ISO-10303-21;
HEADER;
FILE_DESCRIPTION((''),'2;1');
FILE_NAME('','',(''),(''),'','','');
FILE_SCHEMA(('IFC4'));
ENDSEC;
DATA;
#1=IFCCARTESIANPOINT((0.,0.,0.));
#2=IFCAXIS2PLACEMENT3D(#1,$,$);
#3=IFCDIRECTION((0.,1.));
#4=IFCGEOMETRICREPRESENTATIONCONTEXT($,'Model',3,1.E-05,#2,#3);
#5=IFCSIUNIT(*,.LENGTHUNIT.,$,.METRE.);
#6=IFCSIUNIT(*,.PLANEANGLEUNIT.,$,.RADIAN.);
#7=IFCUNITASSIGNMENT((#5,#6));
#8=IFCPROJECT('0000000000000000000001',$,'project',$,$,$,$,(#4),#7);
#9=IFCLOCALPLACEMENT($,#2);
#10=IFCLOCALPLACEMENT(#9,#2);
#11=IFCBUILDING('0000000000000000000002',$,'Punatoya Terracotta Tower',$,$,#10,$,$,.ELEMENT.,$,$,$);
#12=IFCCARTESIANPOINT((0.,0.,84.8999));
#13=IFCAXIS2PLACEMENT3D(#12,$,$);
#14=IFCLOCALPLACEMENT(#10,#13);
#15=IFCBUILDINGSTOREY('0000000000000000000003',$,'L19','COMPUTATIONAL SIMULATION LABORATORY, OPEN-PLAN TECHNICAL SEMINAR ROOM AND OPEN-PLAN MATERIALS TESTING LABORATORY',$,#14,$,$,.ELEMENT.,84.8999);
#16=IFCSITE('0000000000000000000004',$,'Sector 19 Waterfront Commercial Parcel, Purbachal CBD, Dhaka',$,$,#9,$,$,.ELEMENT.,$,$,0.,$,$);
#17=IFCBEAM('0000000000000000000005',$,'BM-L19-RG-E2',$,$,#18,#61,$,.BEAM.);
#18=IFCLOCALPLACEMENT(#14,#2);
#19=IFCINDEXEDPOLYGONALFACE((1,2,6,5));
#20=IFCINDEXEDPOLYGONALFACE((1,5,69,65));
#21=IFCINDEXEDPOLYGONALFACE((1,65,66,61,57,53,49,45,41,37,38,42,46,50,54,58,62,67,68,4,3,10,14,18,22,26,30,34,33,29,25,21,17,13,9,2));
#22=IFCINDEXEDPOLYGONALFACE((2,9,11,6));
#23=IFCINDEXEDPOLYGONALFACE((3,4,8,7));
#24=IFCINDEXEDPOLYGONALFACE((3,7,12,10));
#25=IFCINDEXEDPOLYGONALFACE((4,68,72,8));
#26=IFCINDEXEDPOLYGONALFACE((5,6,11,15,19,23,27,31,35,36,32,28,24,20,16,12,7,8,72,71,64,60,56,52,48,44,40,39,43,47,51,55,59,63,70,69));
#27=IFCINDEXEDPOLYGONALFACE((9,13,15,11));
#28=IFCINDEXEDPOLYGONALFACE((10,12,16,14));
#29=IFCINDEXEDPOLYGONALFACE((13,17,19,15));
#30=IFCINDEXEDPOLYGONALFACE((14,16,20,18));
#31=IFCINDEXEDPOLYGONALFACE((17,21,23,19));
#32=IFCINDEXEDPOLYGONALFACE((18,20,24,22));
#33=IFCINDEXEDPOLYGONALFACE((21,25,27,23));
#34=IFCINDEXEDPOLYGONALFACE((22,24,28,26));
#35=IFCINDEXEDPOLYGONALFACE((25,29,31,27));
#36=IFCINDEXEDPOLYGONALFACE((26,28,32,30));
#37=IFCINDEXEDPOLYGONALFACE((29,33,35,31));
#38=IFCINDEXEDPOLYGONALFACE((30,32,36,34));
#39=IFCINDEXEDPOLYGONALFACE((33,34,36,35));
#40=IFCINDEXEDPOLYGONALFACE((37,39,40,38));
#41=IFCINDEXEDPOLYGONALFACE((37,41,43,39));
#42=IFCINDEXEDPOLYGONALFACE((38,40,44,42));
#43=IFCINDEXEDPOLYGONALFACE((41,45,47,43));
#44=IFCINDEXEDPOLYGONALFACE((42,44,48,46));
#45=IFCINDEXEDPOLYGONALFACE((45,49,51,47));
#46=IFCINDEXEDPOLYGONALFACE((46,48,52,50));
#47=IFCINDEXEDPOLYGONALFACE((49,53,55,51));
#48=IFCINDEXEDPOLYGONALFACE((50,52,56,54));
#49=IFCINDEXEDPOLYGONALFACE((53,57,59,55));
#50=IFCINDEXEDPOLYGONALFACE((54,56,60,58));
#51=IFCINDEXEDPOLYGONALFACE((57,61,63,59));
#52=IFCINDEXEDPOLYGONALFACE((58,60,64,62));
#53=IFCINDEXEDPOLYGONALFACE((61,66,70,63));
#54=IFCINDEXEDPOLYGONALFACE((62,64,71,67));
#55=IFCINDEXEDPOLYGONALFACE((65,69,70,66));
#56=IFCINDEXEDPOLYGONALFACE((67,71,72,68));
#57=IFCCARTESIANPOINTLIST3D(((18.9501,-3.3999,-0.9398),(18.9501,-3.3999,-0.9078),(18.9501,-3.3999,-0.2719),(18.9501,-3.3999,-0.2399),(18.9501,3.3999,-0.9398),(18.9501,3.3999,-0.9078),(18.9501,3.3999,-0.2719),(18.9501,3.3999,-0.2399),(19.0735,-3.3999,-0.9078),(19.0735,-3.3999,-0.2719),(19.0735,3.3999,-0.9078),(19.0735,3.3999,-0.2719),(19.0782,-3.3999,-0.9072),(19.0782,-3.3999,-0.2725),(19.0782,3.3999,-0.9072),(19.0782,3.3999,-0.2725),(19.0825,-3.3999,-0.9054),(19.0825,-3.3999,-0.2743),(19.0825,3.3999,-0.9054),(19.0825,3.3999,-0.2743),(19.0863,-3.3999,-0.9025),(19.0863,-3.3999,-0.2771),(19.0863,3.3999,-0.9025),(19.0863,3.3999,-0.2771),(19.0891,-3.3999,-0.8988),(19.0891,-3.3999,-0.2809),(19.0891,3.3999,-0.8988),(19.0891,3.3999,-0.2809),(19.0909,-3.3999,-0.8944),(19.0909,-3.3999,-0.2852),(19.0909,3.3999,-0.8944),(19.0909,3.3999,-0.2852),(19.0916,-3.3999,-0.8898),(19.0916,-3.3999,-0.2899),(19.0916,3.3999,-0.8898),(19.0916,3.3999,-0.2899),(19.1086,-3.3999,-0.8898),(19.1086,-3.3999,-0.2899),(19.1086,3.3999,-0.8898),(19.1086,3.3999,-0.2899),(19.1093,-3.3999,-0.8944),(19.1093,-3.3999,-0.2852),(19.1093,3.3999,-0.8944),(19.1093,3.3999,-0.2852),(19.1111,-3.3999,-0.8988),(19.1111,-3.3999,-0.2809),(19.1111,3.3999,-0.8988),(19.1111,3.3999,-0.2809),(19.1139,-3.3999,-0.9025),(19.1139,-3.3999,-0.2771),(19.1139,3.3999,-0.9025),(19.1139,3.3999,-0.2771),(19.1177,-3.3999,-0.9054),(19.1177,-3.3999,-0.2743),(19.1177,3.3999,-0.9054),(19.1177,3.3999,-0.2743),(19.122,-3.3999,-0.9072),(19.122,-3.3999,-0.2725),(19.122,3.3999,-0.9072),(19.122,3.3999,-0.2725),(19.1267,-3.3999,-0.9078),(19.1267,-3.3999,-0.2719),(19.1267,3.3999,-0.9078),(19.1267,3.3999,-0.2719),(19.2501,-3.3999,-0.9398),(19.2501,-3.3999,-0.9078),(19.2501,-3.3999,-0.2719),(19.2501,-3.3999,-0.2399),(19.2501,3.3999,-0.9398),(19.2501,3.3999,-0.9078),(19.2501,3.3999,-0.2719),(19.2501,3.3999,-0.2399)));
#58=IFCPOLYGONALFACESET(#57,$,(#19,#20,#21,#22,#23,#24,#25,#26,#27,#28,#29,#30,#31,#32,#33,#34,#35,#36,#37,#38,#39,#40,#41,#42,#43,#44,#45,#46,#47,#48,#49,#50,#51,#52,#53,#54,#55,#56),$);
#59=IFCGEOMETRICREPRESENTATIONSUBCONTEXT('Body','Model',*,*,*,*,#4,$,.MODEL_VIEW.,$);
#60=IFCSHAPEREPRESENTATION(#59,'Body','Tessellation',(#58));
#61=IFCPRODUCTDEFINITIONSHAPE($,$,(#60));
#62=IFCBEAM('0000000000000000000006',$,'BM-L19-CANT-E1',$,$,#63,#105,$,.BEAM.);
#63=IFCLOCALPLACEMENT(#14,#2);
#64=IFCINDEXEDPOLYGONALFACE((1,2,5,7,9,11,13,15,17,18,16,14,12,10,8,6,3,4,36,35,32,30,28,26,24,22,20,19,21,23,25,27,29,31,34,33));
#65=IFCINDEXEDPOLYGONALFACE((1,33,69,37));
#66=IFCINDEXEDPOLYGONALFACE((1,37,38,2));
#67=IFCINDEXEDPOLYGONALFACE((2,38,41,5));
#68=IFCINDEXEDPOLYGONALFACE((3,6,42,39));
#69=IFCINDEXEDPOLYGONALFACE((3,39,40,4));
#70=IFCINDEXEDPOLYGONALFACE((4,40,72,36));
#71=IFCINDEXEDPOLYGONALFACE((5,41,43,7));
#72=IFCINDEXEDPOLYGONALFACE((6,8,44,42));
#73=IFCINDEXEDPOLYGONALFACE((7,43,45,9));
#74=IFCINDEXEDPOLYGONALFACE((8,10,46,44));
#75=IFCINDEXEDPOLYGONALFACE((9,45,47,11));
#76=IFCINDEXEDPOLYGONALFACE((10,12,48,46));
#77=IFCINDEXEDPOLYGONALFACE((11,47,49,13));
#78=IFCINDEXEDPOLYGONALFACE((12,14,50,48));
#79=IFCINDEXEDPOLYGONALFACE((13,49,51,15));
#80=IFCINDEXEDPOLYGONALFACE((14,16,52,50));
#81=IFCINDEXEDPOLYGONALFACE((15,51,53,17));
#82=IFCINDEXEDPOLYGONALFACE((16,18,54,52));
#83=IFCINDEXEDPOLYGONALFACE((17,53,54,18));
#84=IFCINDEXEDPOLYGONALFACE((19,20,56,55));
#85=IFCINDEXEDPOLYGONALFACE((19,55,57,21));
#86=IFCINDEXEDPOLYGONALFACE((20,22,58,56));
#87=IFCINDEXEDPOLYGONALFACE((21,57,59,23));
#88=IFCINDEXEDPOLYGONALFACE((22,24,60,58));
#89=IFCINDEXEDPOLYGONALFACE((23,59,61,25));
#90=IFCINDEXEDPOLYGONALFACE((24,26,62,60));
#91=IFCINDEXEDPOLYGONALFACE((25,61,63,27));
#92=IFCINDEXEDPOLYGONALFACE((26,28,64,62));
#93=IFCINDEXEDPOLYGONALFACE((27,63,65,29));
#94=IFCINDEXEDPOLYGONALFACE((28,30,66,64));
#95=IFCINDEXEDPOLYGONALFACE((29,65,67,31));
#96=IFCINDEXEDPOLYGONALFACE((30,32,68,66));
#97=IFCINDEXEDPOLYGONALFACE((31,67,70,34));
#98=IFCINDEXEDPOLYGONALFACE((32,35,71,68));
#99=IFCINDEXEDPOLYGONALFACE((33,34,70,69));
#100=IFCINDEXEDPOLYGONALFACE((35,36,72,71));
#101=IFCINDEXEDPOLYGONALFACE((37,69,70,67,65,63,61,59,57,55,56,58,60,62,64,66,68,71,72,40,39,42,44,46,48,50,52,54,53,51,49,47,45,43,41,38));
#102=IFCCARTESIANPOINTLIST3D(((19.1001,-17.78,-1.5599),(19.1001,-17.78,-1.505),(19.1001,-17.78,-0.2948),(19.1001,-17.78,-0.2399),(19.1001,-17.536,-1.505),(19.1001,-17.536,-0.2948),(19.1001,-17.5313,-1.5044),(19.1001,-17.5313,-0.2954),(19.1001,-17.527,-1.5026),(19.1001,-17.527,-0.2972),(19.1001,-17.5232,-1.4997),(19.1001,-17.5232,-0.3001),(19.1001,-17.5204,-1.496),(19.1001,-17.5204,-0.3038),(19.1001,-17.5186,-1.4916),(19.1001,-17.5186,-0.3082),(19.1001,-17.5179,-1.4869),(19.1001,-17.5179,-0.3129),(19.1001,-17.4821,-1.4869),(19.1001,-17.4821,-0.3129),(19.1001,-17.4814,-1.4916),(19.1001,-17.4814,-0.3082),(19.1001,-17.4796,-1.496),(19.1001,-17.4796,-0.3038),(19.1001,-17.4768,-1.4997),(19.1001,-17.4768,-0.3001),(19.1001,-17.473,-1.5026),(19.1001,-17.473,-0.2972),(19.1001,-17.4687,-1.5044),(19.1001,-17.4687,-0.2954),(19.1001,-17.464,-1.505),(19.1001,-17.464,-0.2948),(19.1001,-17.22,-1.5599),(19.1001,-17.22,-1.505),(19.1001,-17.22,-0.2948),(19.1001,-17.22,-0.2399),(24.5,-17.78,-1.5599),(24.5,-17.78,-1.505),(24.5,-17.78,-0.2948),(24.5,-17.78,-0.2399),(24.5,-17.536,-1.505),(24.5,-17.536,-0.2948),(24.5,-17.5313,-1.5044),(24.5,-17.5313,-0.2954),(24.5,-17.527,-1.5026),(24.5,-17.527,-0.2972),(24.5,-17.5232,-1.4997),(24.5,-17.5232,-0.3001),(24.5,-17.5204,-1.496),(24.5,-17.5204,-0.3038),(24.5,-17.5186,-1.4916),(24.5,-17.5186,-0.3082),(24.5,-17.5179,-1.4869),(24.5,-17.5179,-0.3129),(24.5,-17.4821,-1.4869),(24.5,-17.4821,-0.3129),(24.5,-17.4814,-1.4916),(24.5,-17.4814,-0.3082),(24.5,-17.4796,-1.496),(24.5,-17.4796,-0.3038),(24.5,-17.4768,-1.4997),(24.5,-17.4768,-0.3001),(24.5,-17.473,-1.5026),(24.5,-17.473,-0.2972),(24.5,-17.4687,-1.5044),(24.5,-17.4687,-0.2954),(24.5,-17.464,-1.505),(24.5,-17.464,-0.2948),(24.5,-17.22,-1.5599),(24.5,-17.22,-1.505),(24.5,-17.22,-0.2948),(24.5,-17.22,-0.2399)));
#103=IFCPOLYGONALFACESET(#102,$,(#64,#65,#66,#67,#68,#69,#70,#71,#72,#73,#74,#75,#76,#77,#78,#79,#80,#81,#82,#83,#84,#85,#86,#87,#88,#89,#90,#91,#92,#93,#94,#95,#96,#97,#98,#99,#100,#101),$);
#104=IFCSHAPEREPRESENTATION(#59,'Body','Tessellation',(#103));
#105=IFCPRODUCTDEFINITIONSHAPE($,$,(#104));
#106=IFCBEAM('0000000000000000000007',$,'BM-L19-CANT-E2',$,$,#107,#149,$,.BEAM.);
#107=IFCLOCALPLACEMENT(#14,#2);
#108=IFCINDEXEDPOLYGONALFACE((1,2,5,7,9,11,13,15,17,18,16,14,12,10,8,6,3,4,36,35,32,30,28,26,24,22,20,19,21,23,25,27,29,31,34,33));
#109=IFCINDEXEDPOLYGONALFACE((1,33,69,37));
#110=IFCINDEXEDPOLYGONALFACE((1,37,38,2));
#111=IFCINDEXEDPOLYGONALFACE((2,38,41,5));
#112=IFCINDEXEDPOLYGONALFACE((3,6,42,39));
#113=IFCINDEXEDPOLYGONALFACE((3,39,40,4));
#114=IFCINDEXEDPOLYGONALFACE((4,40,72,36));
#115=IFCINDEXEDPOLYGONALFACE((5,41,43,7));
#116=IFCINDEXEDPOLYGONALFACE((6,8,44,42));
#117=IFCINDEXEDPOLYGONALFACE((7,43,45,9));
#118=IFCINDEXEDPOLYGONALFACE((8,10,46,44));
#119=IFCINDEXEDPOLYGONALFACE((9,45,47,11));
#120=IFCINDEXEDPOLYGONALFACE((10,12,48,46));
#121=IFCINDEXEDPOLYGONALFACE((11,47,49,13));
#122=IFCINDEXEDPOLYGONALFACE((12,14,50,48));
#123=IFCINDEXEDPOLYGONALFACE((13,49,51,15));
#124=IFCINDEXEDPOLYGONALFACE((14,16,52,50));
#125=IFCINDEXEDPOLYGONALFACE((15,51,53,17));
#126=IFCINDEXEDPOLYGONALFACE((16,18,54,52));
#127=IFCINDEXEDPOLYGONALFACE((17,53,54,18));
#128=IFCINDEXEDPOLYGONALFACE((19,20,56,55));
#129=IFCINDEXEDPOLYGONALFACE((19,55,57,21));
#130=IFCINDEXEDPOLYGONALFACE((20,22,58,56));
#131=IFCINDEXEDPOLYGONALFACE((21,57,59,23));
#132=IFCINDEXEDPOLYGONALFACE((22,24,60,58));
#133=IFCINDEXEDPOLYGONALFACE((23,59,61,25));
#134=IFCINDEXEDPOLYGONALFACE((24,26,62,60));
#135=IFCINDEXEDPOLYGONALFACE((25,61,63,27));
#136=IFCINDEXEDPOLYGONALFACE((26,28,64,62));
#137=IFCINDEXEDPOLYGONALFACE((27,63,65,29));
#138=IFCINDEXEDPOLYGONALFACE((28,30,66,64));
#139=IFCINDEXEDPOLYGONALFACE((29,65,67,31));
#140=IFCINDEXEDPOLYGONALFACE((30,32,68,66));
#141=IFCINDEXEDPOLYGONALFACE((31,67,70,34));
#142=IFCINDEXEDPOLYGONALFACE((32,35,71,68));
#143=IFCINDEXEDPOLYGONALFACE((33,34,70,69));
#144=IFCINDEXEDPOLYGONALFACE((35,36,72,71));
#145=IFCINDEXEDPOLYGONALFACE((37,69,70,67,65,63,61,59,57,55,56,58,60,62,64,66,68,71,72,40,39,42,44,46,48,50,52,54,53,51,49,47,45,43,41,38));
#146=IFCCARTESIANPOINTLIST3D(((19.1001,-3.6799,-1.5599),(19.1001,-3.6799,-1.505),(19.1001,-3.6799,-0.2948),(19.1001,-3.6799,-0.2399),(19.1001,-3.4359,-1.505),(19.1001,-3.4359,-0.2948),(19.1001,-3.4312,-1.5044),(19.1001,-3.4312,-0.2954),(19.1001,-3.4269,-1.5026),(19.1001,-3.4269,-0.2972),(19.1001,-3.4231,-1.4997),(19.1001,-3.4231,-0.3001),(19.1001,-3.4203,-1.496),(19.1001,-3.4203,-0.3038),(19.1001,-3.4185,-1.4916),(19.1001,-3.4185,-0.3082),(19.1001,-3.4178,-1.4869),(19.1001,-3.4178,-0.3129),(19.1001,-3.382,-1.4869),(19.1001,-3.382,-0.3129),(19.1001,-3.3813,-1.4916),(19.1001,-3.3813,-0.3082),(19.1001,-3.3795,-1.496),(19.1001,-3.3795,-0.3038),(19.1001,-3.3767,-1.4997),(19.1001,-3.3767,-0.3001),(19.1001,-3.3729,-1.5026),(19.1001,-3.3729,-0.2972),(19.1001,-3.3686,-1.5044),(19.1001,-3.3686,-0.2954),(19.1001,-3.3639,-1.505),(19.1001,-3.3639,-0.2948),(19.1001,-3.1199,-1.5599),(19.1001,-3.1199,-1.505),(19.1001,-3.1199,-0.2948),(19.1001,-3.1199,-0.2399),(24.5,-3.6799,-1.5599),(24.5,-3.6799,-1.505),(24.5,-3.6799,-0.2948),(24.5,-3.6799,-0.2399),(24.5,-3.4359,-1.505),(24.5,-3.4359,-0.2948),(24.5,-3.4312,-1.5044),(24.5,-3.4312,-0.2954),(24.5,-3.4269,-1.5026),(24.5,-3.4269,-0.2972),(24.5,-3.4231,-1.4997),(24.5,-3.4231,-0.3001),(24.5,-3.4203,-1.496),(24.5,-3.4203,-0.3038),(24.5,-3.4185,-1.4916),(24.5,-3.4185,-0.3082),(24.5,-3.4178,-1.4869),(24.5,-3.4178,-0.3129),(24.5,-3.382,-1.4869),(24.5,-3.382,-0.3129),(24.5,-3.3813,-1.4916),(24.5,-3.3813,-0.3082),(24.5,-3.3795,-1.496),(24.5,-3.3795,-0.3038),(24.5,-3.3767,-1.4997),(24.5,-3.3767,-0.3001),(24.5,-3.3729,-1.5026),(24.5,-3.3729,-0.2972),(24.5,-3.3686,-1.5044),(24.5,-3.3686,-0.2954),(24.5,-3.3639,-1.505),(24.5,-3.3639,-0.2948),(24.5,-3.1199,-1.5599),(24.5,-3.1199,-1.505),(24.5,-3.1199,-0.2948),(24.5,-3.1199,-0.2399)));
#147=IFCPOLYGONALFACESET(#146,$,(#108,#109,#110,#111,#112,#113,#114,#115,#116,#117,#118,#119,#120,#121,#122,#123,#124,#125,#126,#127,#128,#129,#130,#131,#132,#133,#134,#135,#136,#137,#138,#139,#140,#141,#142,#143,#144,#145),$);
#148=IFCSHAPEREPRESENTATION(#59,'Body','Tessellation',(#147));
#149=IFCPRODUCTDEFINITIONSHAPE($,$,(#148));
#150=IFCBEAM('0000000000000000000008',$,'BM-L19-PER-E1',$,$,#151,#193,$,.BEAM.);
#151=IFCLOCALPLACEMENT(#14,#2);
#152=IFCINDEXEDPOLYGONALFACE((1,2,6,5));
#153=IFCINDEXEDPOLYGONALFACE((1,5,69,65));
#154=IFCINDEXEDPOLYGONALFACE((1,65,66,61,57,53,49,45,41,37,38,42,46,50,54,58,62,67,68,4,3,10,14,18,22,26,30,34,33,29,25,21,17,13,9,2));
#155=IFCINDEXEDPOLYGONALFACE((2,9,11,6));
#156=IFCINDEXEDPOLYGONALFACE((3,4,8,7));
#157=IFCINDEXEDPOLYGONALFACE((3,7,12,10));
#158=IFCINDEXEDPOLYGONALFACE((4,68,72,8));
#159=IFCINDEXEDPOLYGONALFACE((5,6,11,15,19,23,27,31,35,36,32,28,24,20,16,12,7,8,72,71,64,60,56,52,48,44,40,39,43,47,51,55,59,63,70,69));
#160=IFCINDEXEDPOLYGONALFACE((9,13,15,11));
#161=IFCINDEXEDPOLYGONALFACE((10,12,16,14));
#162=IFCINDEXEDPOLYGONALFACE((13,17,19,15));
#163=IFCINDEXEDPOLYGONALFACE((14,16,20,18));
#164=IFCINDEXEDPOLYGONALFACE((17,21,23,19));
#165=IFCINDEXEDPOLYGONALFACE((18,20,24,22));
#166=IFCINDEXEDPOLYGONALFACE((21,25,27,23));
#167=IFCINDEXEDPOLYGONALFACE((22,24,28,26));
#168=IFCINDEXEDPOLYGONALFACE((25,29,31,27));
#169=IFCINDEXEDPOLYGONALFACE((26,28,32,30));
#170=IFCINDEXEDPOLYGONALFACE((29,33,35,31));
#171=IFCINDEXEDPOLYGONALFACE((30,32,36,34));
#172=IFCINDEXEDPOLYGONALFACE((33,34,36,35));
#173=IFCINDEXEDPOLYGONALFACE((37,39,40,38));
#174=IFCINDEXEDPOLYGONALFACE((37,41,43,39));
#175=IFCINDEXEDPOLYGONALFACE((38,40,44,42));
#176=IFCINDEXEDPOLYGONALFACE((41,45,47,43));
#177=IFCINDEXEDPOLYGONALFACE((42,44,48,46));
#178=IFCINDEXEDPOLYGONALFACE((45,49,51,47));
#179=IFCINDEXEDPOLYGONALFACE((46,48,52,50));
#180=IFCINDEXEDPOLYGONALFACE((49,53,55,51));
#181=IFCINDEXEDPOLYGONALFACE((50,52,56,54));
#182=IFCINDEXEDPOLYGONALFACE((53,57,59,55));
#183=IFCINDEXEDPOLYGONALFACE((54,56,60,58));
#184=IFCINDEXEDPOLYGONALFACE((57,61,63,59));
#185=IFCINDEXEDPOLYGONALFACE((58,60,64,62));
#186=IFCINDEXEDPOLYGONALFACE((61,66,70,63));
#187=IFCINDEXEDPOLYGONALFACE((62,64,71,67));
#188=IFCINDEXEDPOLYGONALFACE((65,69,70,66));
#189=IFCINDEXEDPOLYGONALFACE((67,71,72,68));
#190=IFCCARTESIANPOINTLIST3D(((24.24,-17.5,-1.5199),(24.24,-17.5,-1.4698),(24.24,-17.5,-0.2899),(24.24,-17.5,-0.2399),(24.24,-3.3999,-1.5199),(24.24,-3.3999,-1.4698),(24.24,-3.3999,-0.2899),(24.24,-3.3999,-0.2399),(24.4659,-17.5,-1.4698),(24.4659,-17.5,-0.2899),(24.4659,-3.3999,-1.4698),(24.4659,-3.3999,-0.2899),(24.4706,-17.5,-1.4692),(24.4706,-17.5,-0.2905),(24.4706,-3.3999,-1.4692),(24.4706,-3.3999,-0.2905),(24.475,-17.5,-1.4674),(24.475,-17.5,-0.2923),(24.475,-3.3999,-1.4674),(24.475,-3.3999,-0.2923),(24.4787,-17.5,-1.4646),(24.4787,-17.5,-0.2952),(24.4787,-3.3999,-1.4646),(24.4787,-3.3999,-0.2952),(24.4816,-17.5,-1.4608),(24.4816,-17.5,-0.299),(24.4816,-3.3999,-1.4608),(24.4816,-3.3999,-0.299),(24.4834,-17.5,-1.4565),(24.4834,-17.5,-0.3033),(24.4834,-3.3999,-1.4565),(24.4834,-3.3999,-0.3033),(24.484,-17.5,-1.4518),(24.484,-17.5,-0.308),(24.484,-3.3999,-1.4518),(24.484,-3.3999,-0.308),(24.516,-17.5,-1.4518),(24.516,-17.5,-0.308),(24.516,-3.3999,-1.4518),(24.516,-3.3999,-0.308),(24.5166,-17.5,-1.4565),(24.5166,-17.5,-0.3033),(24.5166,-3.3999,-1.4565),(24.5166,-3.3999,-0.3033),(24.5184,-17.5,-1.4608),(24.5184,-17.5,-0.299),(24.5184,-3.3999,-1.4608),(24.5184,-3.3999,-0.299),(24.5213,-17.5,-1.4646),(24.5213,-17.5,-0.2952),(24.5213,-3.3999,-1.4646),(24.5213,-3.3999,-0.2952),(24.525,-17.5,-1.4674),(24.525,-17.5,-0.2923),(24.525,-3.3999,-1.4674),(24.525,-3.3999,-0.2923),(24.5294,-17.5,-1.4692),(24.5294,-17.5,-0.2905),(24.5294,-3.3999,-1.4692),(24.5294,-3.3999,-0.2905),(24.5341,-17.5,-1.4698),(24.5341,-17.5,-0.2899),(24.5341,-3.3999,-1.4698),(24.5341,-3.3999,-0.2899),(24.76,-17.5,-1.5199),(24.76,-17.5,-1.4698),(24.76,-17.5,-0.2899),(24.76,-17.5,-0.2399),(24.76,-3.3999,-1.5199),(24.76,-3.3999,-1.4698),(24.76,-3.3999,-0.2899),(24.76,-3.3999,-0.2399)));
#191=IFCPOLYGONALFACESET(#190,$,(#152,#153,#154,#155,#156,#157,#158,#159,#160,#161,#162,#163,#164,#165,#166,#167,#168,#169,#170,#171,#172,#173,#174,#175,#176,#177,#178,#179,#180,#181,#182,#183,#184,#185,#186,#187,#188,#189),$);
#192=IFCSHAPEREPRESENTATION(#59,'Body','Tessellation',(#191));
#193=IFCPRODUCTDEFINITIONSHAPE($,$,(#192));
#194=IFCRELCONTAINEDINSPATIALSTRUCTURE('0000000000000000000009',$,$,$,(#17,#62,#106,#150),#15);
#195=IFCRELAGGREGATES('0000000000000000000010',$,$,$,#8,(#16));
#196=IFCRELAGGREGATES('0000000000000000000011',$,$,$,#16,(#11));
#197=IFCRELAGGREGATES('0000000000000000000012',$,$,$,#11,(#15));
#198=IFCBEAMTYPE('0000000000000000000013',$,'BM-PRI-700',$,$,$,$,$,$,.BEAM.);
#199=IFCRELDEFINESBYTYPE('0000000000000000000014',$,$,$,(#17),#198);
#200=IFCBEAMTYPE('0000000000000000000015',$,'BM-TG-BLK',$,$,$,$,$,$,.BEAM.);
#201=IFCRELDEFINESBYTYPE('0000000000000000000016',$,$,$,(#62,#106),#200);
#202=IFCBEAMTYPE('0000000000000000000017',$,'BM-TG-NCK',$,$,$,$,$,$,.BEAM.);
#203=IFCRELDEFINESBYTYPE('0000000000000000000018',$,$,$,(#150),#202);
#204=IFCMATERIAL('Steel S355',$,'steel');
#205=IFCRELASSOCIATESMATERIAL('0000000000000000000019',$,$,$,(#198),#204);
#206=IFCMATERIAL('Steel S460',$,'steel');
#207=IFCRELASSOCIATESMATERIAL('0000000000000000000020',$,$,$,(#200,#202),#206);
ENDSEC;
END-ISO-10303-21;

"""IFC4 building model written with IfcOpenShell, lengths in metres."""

from ifc_helpers import new_model, si_unit, direction, frame, origin, origin_2d, place, context, subcontext, project, spatial, i_section, extrude, material, material_profile, profile_set, type_object, element, save


model = new_model("IFC4")

# Units and contexts
model_context = context("Model", 3, precision=1e-05, world=origin(), true_north=direction((0.0, 1.0)))
body_context = subcontext(model_context, "Body", "Model", "MODEL_VIEW")
ifc_project = project(units=[si_unit("LENGTHUNIT", "METRE"), si_unit("PLANEANGLEUNIT", "RADIAN")], contexts=[model_context])

# Site, building, storey
site_placement = place(None, origin())
site = spatial("IfcSite", under=ifc_project, at=site_placement, Name="Sector 19 Waterfront Commercial Parcel, Purbachal CBD, Dhaka", CompositionType="ELEMENT", RefElevation=0.0)
building_placement = place(site_placement, origin())
building = spatial("IfcBuilding", under=site, at=building_placement, Name="Punatoya Terracotta Tower", CompositionType="ELEMENT")
storey_placement = place(building_placement, frame((0.0, 0.0, 84.8999)))
storey = spatial("IfcBuildingStorey", under=building, at=storey_placement, Name="L19", Description="COMPUTATIONAL SIMULATION LABORATORY, OPEN-PLAN TECHNICAL SEMINAR ROOM AND OPEN-PLAN MATERIALS TESTING LABORATORY", CompositionType="ELEMENT", Elevation=84.8999)

# Shared definitions
ifc_material_1 = material(Name="Steel S460", Category="steel")

# Beams
ifc_material_2 = material(Name="Steel S355", Category="steel")
ifc_material_profile_1 = material_profile(ifc_material_2, i_section(OverallWidth=0.3, OverallDepth=0.7, WebThickness=0.0171, FlangeThickness=0.032, FilletRadius=0.0181, at=origin_2d()))
ifc_profile_set_1 = profile_set([ifc_material_profile_1], Name="Steel S355")
beam_type_1 = type_object("IfcBeamType", Name="BM-PRI-700", PredefinedType="BEAM", material=ifc_profile_set_1)
beam_1_placement = place(storey_placement, frame((19.1001, -3.3999, -0.5898), z_axis=(0.0, 1.0, 0.0), x_axis=(-1.0, 0.0, 0.0)))
element("IfcBeam", 1, at=beam_1_placement, inside=storey, type_object=beam_type_1, Name="BM-L19-RG-E2", PredefinedType="BEAM", context=body_context, shape_type="SweptSolid", body=[
    extrude(i_section(OverallWidth=0.3, OverallDepth=0.7, WebThickness=0.0171, FlangeThickness=0.032, FilletRadius=0.0181, at=origin_2d()), origin(), (0.0, 0.0, 1.0), 6.7998),
])
ifc_material_profile_2 = material_profile(ifc_material_1, i_section(OverallWidth=0.5601, OverallDepth=1.3201, WebThickness=0.0359, FlangeThickness=0.0549, FilletRadius=0.0181, at=origin_2d()))
ifc_profile_set_2 = profile_set([ifc_material_profile_2], Name="Steel S460")
beam_type_2 = type_object("IfcBeamType", Name="BM-TG-BLK", PredefinedType="BEAM", material=ifc_profile_set_2)
for number, where, z_axis, x_axis, name in (
    (2, (19.1001, -17.5, -0.8999), (1.0, 0.0, 0.0), (0.0, 1.0, 0.0), "BM-L19-CANT-E1"),
    (3, (19.1001, -3.3999, -0.8999), (1.0, 0.0, 0.0), (0.0, 1.0, 0.0), "BM-L19-CANT-E2"),
):
    element("IfcBeam", number, at=place(storey_placement, frame(where, z_axis=z_axis, x_axis=x_axis)), inside=storey, type_object=beam_type_2, Name=name, PredefinedType="BEAM", context=body_context, shape_type="SweptSolid", body=[
        extrude(i_section(OverallWidth=0.5601, OverallDepth=1.3201, WebThickness=0.0359, FlangeThickness=0.0549, FilletRadius=0.0181, at=origin_2d()), origin(), (0.0, 0.0, 1.0), 5.3999),
    ])
ifc_material_profile_3 = material_profile(ifc_material_1, i_section(OverallWidth=0.52, OverallDepth=1.28, WebThickness=0.032, FlangeThickness=0.05, FilletRadius=0.0181, at=origin_2d()))
ifc_profile_set_3 = profile_set([ifc_material_profile_3], Name="Steel S460")
beam_type_3 = type_object("IfcBeamType", Name="BM-TG-NCK", PredefinedType="BEAM", material=ifc_profile_set_3)
beam_2_placement = place(storey_placement, frame((24.5, -17.5, -0.8799), z_axis=(0.0, 1.0, 0.0), x_axis=(-1.0, 0.0, 0.0)))
element("IfcBeam", 4, at=beam_2_placement, inside=storey, type_object=beam_type_3, Name="BM-L19-PER-E1", PredefinedType="BEAM", context=body_context, shape_type="SweptSolid", body=[
    extrude(i_section(OverallWidth=0.52, OverallDepth=1.28, WebThickness=0.032, FlangeThickness=0.05, FilletRadius=0.0181, at=origin_2d()), origin(), (0.0, 0.0, 1.0), 14.1001),
])

save(model, "model.ifc")
